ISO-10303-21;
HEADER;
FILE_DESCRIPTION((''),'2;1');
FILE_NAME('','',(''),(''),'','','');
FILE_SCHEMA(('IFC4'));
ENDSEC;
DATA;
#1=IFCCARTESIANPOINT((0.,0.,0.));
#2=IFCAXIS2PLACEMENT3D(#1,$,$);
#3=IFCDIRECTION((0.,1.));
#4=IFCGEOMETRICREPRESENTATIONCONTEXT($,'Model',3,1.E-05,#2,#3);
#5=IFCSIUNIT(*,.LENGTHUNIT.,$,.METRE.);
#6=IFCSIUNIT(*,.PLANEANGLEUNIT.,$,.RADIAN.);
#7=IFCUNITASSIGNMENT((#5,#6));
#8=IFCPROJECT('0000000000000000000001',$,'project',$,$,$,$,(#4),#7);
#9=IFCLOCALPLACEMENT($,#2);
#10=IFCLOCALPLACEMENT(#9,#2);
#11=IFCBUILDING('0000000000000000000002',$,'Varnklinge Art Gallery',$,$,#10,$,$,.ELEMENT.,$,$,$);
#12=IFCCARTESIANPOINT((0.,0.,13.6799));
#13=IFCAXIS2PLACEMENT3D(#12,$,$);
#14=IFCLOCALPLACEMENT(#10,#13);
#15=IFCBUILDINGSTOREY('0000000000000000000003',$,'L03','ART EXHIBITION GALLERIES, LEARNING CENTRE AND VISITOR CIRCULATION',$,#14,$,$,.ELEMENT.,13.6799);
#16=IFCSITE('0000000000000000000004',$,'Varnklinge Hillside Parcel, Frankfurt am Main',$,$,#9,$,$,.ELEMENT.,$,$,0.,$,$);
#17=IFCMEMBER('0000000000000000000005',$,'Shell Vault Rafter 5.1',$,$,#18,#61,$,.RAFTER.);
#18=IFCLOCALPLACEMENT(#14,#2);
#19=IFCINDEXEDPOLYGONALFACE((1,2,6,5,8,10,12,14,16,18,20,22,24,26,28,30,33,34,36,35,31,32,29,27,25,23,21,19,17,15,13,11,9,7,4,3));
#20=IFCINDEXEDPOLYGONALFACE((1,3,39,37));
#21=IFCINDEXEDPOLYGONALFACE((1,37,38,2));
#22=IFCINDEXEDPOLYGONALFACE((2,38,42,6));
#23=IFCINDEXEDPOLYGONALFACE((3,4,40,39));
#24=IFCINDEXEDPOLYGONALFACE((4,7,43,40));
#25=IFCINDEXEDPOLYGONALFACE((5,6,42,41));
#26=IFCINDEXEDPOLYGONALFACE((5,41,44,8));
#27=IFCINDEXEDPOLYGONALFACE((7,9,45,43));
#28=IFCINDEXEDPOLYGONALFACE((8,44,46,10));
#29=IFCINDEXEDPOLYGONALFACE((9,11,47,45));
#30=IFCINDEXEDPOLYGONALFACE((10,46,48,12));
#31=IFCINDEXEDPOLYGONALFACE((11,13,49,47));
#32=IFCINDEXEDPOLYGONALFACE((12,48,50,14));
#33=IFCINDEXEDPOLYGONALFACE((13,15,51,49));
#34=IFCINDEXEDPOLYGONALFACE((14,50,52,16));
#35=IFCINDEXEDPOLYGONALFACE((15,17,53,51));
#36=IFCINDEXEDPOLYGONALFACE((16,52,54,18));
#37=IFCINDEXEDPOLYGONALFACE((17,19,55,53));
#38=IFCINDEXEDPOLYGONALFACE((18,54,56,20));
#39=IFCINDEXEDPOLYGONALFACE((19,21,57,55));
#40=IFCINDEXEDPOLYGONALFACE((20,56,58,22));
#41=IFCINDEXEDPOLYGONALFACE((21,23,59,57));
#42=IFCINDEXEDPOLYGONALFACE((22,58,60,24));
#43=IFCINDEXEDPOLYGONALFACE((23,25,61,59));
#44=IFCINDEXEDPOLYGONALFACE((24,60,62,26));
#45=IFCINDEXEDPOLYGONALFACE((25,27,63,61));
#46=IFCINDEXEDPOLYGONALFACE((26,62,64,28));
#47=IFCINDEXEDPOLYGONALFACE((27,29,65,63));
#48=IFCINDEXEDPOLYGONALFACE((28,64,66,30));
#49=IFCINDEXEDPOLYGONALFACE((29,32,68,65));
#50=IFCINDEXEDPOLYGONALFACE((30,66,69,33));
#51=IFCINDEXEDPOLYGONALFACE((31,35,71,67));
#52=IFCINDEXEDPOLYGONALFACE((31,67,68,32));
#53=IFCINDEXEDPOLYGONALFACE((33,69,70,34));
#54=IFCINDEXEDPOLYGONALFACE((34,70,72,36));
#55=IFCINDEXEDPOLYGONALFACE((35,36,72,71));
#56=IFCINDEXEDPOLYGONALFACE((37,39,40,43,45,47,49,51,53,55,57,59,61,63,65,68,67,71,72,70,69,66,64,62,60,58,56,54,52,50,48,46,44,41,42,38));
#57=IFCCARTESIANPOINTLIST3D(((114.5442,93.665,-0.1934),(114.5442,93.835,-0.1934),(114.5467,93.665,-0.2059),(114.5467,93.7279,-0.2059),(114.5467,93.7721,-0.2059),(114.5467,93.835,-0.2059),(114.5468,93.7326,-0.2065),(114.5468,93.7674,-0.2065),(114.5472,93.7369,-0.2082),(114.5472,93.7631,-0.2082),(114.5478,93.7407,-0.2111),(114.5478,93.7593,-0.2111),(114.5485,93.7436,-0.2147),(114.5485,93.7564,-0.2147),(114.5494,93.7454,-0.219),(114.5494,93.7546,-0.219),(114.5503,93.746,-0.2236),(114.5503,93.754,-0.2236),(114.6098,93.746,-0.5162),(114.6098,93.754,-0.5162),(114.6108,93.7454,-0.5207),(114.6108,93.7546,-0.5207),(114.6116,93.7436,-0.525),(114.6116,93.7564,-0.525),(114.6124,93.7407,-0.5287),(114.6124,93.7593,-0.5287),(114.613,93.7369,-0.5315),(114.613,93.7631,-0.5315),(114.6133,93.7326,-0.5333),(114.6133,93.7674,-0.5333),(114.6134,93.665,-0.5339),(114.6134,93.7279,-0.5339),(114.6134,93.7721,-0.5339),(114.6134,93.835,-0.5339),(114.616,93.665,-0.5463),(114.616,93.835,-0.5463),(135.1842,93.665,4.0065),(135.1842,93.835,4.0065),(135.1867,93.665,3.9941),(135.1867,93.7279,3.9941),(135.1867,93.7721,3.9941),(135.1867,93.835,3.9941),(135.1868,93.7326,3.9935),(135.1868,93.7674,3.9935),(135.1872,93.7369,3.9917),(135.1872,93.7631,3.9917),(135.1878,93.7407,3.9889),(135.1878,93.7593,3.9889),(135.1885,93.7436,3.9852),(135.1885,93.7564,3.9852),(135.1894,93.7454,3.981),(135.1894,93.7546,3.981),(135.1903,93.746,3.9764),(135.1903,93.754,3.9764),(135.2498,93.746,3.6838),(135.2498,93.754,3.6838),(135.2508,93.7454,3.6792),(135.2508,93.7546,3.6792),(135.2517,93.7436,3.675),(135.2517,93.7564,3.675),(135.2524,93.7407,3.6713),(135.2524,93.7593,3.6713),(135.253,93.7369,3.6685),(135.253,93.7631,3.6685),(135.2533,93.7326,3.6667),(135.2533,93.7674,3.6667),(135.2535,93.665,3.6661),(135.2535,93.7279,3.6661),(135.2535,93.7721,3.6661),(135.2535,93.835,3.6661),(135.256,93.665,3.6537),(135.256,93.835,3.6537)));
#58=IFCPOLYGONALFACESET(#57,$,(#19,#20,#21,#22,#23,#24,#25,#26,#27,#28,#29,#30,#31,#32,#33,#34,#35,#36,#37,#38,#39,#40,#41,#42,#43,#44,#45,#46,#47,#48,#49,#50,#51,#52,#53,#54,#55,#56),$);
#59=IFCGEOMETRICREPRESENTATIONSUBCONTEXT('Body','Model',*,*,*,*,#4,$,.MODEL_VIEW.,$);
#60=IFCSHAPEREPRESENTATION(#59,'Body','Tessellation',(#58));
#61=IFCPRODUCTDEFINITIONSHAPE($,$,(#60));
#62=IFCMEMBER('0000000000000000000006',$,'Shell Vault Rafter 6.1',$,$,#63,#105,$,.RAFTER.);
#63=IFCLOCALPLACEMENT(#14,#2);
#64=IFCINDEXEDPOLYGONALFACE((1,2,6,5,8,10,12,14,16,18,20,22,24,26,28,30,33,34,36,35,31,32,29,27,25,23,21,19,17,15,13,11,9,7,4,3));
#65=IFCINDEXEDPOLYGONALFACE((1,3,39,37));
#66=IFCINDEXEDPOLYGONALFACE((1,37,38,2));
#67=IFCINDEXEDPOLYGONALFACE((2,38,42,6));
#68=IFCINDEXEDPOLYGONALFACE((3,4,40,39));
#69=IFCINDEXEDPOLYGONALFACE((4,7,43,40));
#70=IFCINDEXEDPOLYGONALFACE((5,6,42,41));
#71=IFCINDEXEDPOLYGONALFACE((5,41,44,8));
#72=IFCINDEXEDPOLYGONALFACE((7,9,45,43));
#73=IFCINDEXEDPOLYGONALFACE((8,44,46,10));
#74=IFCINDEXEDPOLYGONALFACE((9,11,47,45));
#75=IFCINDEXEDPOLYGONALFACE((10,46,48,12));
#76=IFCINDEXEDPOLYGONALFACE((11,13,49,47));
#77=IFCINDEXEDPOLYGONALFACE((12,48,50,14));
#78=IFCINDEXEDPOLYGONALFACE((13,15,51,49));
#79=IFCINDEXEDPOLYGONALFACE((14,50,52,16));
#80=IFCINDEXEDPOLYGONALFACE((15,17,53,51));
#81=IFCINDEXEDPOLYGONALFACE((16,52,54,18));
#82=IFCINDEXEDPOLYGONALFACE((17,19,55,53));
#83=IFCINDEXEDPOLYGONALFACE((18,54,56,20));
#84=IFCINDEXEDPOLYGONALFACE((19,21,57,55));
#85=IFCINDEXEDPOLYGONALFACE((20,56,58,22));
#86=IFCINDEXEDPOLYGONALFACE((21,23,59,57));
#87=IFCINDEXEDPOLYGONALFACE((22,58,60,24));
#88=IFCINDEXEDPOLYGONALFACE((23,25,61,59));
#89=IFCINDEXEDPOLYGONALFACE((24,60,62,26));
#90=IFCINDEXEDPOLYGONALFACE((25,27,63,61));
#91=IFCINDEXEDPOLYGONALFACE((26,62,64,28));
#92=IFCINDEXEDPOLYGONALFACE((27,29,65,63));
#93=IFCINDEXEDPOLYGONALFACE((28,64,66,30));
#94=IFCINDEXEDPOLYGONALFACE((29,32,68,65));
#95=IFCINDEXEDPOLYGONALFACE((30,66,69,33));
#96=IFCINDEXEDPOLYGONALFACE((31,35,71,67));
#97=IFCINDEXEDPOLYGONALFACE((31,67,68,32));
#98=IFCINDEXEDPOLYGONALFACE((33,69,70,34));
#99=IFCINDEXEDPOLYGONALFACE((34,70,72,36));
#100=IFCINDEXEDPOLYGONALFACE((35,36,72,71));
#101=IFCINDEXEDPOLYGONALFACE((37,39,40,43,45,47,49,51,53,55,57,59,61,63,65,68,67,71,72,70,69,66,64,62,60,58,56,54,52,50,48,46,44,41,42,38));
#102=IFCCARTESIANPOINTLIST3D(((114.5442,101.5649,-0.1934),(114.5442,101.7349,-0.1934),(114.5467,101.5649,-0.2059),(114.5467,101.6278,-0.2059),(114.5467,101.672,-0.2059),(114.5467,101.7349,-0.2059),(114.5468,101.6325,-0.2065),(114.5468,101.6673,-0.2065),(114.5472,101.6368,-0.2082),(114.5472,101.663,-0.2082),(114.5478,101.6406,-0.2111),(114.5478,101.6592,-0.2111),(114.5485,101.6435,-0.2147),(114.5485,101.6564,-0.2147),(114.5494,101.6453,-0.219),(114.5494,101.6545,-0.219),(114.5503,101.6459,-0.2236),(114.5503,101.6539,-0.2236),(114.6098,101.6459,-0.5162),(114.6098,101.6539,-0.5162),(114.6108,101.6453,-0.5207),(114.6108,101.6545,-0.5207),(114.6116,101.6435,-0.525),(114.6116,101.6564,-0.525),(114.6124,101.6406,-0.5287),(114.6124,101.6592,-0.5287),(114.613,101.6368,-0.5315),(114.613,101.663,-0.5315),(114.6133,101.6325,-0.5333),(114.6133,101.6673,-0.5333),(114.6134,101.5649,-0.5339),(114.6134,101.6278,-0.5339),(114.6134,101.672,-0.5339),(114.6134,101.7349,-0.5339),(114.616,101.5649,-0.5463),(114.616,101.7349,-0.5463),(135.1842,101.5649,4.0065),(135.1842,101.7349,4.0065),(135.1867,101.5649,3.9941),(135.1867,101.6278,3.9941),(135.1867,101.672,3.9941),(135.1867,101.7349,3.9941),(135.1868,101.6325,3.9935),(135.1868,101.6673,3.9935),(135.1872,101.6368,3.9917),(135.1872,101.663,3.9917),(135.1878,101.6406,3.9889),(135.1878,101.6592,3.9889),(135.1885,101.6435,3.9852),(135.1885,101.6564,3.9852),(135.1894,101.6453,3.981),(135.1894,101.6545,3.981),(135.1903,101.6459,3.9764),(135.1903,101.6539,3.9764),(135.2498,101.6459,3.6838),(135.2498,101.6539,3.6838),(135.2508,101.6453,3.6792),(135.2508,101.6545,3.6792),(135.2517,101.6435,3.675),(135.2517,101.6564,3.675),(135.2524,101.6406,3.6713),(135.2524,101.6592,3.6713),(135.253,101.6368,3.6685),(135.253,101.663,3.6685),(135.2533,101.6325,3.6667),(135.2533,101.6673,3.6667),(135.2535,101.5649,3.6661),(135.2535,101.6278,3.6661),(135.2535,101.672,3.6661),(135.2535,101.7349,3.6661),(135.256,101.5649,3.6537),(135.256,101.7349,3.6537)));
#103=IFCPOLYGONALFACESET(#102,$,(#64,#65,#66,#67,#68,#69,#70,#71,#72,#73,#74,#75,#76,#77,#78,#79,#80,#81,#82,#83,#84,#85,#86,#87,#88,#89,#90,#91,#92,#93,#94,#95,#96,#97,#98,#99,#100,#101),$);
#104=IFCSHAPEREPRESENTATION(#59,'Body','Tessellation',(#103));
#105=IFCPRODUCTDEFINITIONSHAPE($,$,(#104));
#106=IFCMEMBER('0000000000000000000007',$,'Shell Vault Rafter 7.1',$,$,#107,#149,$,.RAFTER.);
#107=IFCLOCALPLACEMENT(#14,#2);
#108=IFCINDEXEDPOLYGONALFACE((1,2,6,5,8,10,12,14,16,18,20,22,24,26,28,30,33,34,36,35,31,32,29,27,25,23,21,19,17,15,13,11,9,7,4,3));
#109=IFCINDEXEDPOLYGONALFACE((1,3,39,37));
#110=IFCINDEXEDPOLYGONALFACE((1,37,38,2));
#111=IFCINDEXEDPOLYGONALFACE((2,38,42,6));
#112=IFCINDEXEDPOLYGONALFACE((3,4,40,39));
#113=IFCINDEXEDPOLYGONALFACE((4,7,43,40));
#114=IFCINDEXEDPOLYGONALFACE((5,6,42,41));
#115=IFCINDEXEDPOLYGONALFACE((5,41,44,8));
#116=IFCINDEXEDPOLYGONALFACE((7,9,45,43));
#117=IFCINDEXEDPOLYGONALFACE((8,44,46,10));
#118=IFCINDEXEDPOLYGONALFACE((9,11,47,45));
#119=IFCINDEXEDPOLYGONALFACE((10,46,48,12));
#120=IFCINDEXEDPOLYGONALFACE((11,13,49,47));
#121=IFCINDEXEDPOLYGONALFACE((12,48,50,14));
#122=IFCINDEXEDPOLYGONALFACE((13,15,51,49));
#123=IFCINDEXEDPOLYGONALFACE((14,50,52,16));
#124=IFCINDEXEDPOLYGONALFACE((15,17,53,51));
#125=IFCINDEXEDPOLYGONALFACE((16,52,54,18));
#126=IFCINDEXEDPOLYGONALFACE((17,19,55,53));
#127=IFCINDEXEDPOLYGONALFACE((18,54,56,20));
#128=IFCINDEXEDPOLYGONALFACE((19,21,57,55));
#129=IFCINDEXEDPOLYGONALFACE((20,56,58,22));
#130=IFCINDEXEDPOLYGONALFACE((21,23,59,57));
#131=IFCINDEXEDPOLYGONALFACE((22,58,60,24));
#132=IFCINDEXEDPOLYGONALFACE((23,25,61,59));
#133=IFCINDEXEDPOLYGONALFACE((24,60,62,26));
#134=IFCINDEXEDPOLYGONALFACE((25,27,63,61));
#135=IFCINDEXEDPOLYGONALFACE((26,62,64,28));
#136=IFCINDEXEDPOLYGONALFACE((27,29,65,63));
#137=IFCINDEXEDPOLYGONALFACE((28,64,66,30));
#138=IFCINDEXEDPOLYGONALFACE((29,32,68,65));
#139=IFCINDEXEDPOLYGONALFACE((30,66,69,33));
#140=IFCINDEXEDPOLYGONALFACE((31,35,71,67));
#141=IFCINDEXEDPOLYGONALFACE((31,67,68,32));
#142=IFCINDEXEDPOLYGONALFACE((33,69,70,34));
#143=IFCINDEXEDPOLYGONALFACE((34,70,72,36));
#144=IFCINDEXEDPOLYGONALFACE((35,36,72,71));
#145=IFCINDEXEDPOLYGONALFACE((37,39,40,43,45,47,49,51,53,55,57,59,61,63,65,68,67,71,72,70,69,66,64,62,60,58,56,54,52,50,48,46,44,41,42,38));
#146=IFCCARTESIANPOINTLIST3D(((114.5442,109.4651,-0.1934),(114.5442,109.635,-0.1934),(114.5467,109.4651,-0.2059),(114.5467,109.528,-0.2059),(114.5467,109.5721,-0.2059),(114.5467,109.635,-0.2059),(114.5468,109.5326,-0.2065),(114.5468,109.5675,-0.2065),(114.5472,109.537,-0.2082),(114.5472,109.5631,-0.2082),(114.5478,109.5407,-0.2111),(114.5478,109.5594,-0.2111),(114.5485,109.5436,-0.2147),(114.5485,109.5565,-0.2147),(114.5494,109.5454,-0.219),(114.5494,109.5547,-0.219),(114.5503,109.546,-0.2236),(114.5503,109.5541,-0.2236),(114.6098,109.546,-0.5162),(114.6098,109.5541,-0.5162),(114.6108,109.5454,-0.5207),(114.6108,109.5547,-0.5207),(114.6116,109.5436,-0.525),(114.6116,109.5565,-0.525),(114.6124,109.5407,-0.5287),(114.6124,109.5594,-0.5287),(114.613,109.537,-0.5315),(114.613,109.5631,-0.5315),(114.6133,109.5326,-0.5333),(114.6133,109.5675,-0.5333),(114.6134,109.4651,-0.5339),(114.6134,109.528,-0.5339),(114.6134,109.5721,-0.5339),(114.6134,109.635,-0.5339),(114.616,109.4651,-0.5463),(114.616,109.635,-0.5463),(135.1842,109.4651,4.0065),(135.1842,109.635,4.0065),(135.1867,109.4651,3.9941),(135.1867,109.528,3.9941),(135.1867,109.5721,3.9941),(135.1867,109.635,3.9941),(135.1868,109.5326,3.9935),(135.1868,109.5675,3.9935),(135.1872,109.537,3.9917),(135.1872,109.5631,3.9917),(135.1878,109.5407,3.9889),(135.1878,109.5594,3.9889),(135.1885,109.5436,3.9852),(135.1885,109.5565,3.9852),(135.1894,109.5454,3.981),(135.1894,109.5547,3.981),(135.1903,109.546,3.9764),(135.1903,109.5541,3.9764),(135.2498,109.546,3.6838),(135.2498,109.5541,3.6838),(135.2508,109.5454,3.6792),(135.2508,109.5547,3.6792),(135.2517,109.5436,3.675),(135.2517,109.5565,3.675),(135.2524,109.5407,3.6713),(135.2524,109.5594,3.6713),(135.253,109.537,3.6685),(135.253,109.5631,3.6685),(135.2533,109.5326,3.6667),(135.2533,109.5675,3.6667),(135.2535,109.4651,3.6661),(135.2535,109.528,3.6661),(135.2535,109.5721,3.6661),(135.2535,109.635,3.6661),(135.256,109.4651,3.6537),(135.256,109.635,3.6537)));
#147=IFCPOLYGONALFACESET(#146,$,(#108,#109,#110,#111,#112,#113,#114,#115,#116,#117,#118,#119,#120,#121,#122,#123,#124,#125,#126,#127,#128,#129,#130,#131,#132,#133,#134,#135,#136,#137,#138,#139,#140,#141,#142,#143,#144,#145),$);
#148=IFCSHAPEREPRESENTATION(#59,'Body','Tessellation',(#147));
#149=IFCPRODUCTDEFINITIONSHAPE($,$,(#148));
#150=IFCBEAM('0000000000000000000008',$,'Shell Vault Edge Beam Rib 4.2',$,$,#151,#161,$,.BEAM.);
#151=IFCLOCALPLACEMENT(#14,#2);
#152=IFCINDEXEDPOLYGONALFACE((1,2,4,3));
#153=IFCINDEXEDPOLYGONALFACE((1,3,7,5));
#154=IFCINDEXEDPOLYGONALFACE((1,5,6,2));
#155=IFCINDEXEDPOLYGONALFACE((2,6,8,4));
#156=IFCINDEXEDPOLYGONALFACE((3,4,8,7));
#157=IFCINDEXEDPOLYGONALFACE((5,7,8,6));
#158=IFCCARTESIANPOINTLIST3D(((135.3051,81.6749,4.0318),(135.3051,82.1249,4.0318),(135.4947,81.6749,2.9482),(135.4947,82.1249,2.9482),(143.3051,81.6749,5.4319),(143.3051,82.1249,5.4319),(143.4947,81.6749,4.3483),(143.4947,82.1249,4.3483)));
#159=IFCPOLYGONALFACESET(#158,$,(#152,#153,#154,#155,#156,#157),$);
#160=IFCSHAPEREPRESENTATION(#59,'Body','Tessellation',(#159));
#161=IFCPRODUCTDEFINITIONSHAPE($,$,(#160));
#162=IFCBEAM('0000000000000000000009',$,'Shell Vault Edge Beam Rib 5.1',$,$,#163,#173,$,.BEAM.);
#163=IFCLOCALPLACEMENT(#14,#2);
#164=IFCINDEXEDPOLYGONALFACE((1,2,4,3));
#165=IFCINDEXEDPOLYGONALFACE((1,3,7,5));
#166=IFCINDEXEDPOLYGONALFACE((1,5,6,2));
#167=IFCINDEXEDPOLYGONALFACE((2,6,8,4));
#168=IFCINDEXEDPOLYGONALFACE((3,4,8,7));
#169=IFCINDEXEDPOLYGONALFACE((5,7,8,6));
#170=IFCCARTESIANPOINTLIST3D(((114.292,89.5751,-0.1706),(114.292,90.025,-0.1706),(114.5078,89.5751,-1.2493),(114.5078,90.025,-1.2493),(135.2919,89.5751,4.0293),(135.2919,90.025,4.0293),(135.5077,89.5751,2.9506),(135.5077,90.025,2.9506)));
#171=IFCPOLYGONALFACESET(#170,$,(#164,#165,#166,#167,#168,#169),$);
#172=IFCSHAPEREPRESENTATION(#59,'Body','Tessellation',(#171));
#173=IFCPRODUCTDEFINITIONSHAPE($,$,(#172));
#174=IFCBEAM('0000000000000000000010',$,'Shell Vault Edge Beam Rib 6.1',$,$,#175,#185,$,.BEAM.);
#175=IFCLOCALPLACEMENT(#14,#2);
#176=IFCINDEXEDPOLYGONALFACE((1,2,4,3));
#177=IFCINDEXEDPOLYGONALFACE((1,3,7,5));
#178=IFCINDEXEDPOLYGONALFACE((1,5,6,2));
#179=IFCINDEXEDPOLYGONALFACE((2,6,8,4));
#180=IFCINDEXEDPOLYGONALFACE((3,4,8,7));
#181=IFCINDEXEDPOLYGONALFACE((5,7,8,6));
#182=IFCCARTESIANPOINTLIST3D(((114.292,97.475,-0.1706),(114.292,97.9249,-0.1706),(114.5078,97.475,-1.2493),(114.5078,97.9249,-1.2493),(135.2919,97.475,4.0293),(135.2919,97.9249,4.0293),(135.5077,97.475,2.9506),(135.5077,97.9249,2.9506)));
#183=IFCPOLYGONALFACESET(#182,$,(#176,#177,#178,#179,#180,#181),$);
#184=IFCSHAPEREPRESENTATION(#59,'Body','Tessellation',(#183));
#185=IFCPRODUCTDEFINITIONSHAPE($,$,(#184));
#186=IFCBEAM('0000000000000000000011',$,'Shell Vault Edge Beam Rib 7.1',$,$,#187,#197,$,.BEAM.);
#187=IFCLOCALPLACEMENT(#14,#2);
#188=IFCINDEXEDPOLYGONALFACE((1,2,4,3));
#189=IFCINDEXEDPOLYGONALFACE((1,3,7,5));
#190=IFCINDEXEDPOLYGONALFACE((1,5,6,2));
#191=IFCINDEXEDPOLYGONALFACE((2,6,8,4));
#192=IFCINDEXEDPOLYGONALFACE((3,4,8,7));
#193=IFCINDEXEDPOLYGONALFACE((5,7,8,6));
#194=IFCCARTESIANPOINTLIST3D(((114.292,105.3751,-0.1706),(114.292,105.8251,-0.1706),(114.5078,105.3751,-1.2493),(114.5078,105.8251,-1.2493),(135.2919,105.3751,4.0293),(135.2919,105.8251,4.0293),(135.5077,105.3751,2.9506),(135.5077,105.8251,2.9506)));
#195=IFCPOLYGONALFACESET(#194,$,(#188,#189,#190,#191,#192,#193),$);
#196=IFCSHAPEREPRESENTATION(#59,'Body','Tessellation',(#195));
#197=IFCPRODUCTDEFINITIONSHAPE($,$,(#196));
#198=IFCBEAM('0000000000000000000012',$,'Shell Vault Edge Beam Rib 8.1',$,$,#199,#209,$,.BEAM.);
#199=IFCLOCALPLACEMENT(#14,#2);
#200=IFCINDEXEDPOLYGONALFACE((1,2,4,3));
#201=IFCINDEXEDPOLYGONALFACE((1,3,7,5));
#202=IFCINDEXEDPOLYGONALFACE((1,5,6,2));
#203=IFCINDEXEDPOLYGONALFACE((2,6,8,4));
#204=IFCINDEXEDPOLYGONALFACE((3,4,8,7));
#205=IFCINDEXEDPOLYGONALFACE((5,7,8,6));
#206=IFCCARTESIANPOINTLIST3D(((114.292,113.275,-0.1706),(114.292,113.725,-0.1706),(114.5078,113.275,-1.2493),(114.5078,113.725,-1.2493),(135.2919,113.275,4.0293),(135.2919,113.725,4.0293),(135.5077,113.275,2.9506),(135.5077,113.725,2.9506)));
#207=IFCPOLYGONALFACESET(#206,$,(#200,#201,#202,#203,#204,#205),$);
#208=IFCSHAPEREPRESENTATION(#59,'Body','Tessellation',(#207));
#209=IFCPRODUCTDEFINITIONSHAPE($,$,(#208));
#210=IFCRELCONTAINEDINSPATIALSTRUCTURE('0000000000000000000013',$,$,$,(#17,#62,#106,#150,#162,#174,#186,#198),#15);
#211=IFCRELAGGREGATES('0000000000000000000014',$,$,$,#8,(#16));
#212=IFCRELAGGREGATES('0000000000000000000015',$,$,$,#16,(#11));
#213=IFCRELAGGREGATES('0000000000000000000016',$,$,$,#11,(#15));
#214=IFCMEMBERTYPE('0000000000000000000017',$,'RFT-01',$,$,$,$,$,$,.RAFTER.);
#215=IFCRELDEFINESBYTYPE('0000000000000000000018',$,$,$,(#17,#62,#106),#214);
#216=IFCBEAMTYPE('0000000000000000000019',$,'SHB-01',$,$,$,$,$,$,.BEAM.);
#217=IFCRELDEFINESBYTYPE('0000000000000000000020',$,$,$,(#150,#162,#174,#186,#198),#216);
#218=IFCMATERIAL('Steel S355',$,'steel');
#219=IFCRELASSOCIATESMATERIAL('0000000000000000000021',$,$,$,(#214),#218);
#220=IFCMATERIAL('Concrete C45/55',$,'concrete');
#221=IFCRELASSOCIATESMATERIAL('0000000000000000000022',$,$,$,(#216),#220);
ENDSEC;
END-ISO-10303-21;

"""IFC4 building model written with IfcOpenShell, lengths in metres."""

from ifc_helpers import new_model, si_unit, direction, frame, origin, origin_2d, place, context, subcontext, project, spatial, rectangle, i_section, extrude, material, material_profile, profile_set, type_object, element, save


model = new_model("IFC4")

# Units and contexts
model_context = context("Model", 3, precision=1e-05, world=origin(), true_north=direction((0.0, 1.0)))
body_context = subcontext(model_context, "Body", "Model", "MODEL_VIEW")
ifc_project = project(units=[si_unit("LENGTHUNIT", "METRE"), si_unit("PLANEANGLEUNIT", "RADIAN")], contexts=[model_context])

# Site, building, storey
site_placement = place(None, origin())
site = spatial("IfcSite", under=ifc_project, at=site_placement, Name="Varnklinge Hillside Parcel, Frankfurt am Main", CompositionType="ELEMENT", RefElevation=0.0)
building_placement = place(site_placement, origin())
building = spatial("IfcBuilding", under=site, at=building_placement, Name="Varnklinge Art Gallery", CompositionType="ELEMENT")
storey_placement = place(building_placement, frame((0.0, 0.0, 13.6799)))
storey = spatial("IfcBuildingStorey", under=building, at=storey_placement, Name="L03", Description="ART EXHIBITION GALLERIES, LEARNING CENTRE AND VISITOR CIRCULATION", CompositionType="ELEMENT", Elevation=13.6799)

# Members
ifc_material_1 = material(Name="Steel S355", Category="steel")
ifc_material_profile_1 = material_profile(ifc_material_1, i_section(OverallWidth=0.1699, OverallDepth=0.3601, WebThickness=0.0081, FlangeThickness=0.0127, FilletRadius=0.0181, at=origin_2d()), Name="IPE 360")
ifc_profile_set_1 = profile_set([ifc_material_profile_1], Name="Steel S355")
member_type_1 = type_object("IfcMemberType", Name="RFT-01", PredefinedType="RAFTER", material=ifc_profile_set_1)
for number, where, z_axis, x_axis, name in (
    (1, (114.5801, 93.75, -0.3699), (0.979918, 0.0, 0.199401), (0.0, 1.0, 0.0), "Shell Vault Rafter 5.1"),
    (2, (114.5801, 101.6499, -0.3699), (0.979918, 0.0, 0.199401), (0.0, 1.0, 0.0), "Shell Vault Rafter 6.1"),
    (3, (114.5801, 109.55, -0.3699), (0.979918, 0.0, 0.199401), (0.0, 1.0, 0.0), "Shell Vault Rafter 7.1"),
):
    element("IfcMember", number, at=place(storey_placement, frame(where, z_axis=z_axis, x_axis=x_axis)), inside=storey, type_object=member_type_1, Name=name, PredefinedType="RAFTER", context=body_context, shape_type="SweptSolid", body=[
        extrude(i_section(OverallWidth=0.1699, OverallDepth=0.3601, WebThickness=0.0081, FlangeThickness=0.0127, FilletRadius=0.0181, at=origin_2d()), origin(), (0.0, 0.0, 1.0), 21.063),
    ])

# Beams
ifc_material_2 = material(Name="Concrete C45/55", Category="concrete")
ifc_material_profile_2 = material_profile(ifc_material_2, rectangle(XDim=0.45, YDim=1.1001, at=origin_2d()), Name="RC 450x1100")
ifc_profile_set_2 = profile_set([ifc_material_profile_2], Name="Concrete C45/55")
beam_type_1 = type_object("IfcBeamType", Name="SHB-01", PredefinedType="BEAM", material=ifc_profile_set_2)
beam_1_placement = place(storey_placement, frame((135.3999, 81.8999, 3.49), z_axis=(0.985027, 0.0, 0.172398), x_axis=(0.0, 1.0, 0.0)))
element("IfcBeam", 4, at=beam_1_placement, inside=storey, type_object=beam_type_1, Name="Shell Vault Edge Beam Rib 4.2", PredefinedType="BEAM", context=body_context, shape_type="SweptSolid", body=[
    extrude(rectangle(XDim=0.45, YDim=1.1001, at=origin_2d()), origin(), (0.0, 0.0, 1.0), 8.1216),
])
for number, where, z_axis, x_axis, name in (
    (5, (114.3999, 89.8, -0.71), (0.980581, 0.0, 0.196114), (0.0, 1.0, 0.0), "Shell Vault Edge Beam Rib 5.1"),
    (6, (114.3999, 97.7, -0.71), (0.980581, 0.0, 0.196114), (0.0, 1.0, 0.0), "Shell Vault Edge Beam Rib 6.1"),
    (7, (114.3999, 105.6001, -0.71), (0.980581, 0.0, 0.196114), (0.0, 1.0, 0.0), "Shell Vault Edge Beam Rib 7.1"),
    (8, (114.3999, 113.5, -0.71), (0.980581, 0.0, 0.196114), (0.0, 1.0, 0.0), "Shell Vault Edge Beam Rib 8.1"),
):
    element("IfcBeam", number, at=place(storey_placement, frame(where, z_axis=z_axis, x_axis=x_axis)), inside=storey, type_object=beam_type_1, Name=name, PredefinedType="BEAM", context=body_context, shape_type="SweptSolid", body=[
        extrude(rectangle(XDim=0.45, YDim=1.1001, at=origin_2d()), origin(), (0.0, 0.0, 1.0), 21.4158),
    ])

save(model, "model.ifc")
